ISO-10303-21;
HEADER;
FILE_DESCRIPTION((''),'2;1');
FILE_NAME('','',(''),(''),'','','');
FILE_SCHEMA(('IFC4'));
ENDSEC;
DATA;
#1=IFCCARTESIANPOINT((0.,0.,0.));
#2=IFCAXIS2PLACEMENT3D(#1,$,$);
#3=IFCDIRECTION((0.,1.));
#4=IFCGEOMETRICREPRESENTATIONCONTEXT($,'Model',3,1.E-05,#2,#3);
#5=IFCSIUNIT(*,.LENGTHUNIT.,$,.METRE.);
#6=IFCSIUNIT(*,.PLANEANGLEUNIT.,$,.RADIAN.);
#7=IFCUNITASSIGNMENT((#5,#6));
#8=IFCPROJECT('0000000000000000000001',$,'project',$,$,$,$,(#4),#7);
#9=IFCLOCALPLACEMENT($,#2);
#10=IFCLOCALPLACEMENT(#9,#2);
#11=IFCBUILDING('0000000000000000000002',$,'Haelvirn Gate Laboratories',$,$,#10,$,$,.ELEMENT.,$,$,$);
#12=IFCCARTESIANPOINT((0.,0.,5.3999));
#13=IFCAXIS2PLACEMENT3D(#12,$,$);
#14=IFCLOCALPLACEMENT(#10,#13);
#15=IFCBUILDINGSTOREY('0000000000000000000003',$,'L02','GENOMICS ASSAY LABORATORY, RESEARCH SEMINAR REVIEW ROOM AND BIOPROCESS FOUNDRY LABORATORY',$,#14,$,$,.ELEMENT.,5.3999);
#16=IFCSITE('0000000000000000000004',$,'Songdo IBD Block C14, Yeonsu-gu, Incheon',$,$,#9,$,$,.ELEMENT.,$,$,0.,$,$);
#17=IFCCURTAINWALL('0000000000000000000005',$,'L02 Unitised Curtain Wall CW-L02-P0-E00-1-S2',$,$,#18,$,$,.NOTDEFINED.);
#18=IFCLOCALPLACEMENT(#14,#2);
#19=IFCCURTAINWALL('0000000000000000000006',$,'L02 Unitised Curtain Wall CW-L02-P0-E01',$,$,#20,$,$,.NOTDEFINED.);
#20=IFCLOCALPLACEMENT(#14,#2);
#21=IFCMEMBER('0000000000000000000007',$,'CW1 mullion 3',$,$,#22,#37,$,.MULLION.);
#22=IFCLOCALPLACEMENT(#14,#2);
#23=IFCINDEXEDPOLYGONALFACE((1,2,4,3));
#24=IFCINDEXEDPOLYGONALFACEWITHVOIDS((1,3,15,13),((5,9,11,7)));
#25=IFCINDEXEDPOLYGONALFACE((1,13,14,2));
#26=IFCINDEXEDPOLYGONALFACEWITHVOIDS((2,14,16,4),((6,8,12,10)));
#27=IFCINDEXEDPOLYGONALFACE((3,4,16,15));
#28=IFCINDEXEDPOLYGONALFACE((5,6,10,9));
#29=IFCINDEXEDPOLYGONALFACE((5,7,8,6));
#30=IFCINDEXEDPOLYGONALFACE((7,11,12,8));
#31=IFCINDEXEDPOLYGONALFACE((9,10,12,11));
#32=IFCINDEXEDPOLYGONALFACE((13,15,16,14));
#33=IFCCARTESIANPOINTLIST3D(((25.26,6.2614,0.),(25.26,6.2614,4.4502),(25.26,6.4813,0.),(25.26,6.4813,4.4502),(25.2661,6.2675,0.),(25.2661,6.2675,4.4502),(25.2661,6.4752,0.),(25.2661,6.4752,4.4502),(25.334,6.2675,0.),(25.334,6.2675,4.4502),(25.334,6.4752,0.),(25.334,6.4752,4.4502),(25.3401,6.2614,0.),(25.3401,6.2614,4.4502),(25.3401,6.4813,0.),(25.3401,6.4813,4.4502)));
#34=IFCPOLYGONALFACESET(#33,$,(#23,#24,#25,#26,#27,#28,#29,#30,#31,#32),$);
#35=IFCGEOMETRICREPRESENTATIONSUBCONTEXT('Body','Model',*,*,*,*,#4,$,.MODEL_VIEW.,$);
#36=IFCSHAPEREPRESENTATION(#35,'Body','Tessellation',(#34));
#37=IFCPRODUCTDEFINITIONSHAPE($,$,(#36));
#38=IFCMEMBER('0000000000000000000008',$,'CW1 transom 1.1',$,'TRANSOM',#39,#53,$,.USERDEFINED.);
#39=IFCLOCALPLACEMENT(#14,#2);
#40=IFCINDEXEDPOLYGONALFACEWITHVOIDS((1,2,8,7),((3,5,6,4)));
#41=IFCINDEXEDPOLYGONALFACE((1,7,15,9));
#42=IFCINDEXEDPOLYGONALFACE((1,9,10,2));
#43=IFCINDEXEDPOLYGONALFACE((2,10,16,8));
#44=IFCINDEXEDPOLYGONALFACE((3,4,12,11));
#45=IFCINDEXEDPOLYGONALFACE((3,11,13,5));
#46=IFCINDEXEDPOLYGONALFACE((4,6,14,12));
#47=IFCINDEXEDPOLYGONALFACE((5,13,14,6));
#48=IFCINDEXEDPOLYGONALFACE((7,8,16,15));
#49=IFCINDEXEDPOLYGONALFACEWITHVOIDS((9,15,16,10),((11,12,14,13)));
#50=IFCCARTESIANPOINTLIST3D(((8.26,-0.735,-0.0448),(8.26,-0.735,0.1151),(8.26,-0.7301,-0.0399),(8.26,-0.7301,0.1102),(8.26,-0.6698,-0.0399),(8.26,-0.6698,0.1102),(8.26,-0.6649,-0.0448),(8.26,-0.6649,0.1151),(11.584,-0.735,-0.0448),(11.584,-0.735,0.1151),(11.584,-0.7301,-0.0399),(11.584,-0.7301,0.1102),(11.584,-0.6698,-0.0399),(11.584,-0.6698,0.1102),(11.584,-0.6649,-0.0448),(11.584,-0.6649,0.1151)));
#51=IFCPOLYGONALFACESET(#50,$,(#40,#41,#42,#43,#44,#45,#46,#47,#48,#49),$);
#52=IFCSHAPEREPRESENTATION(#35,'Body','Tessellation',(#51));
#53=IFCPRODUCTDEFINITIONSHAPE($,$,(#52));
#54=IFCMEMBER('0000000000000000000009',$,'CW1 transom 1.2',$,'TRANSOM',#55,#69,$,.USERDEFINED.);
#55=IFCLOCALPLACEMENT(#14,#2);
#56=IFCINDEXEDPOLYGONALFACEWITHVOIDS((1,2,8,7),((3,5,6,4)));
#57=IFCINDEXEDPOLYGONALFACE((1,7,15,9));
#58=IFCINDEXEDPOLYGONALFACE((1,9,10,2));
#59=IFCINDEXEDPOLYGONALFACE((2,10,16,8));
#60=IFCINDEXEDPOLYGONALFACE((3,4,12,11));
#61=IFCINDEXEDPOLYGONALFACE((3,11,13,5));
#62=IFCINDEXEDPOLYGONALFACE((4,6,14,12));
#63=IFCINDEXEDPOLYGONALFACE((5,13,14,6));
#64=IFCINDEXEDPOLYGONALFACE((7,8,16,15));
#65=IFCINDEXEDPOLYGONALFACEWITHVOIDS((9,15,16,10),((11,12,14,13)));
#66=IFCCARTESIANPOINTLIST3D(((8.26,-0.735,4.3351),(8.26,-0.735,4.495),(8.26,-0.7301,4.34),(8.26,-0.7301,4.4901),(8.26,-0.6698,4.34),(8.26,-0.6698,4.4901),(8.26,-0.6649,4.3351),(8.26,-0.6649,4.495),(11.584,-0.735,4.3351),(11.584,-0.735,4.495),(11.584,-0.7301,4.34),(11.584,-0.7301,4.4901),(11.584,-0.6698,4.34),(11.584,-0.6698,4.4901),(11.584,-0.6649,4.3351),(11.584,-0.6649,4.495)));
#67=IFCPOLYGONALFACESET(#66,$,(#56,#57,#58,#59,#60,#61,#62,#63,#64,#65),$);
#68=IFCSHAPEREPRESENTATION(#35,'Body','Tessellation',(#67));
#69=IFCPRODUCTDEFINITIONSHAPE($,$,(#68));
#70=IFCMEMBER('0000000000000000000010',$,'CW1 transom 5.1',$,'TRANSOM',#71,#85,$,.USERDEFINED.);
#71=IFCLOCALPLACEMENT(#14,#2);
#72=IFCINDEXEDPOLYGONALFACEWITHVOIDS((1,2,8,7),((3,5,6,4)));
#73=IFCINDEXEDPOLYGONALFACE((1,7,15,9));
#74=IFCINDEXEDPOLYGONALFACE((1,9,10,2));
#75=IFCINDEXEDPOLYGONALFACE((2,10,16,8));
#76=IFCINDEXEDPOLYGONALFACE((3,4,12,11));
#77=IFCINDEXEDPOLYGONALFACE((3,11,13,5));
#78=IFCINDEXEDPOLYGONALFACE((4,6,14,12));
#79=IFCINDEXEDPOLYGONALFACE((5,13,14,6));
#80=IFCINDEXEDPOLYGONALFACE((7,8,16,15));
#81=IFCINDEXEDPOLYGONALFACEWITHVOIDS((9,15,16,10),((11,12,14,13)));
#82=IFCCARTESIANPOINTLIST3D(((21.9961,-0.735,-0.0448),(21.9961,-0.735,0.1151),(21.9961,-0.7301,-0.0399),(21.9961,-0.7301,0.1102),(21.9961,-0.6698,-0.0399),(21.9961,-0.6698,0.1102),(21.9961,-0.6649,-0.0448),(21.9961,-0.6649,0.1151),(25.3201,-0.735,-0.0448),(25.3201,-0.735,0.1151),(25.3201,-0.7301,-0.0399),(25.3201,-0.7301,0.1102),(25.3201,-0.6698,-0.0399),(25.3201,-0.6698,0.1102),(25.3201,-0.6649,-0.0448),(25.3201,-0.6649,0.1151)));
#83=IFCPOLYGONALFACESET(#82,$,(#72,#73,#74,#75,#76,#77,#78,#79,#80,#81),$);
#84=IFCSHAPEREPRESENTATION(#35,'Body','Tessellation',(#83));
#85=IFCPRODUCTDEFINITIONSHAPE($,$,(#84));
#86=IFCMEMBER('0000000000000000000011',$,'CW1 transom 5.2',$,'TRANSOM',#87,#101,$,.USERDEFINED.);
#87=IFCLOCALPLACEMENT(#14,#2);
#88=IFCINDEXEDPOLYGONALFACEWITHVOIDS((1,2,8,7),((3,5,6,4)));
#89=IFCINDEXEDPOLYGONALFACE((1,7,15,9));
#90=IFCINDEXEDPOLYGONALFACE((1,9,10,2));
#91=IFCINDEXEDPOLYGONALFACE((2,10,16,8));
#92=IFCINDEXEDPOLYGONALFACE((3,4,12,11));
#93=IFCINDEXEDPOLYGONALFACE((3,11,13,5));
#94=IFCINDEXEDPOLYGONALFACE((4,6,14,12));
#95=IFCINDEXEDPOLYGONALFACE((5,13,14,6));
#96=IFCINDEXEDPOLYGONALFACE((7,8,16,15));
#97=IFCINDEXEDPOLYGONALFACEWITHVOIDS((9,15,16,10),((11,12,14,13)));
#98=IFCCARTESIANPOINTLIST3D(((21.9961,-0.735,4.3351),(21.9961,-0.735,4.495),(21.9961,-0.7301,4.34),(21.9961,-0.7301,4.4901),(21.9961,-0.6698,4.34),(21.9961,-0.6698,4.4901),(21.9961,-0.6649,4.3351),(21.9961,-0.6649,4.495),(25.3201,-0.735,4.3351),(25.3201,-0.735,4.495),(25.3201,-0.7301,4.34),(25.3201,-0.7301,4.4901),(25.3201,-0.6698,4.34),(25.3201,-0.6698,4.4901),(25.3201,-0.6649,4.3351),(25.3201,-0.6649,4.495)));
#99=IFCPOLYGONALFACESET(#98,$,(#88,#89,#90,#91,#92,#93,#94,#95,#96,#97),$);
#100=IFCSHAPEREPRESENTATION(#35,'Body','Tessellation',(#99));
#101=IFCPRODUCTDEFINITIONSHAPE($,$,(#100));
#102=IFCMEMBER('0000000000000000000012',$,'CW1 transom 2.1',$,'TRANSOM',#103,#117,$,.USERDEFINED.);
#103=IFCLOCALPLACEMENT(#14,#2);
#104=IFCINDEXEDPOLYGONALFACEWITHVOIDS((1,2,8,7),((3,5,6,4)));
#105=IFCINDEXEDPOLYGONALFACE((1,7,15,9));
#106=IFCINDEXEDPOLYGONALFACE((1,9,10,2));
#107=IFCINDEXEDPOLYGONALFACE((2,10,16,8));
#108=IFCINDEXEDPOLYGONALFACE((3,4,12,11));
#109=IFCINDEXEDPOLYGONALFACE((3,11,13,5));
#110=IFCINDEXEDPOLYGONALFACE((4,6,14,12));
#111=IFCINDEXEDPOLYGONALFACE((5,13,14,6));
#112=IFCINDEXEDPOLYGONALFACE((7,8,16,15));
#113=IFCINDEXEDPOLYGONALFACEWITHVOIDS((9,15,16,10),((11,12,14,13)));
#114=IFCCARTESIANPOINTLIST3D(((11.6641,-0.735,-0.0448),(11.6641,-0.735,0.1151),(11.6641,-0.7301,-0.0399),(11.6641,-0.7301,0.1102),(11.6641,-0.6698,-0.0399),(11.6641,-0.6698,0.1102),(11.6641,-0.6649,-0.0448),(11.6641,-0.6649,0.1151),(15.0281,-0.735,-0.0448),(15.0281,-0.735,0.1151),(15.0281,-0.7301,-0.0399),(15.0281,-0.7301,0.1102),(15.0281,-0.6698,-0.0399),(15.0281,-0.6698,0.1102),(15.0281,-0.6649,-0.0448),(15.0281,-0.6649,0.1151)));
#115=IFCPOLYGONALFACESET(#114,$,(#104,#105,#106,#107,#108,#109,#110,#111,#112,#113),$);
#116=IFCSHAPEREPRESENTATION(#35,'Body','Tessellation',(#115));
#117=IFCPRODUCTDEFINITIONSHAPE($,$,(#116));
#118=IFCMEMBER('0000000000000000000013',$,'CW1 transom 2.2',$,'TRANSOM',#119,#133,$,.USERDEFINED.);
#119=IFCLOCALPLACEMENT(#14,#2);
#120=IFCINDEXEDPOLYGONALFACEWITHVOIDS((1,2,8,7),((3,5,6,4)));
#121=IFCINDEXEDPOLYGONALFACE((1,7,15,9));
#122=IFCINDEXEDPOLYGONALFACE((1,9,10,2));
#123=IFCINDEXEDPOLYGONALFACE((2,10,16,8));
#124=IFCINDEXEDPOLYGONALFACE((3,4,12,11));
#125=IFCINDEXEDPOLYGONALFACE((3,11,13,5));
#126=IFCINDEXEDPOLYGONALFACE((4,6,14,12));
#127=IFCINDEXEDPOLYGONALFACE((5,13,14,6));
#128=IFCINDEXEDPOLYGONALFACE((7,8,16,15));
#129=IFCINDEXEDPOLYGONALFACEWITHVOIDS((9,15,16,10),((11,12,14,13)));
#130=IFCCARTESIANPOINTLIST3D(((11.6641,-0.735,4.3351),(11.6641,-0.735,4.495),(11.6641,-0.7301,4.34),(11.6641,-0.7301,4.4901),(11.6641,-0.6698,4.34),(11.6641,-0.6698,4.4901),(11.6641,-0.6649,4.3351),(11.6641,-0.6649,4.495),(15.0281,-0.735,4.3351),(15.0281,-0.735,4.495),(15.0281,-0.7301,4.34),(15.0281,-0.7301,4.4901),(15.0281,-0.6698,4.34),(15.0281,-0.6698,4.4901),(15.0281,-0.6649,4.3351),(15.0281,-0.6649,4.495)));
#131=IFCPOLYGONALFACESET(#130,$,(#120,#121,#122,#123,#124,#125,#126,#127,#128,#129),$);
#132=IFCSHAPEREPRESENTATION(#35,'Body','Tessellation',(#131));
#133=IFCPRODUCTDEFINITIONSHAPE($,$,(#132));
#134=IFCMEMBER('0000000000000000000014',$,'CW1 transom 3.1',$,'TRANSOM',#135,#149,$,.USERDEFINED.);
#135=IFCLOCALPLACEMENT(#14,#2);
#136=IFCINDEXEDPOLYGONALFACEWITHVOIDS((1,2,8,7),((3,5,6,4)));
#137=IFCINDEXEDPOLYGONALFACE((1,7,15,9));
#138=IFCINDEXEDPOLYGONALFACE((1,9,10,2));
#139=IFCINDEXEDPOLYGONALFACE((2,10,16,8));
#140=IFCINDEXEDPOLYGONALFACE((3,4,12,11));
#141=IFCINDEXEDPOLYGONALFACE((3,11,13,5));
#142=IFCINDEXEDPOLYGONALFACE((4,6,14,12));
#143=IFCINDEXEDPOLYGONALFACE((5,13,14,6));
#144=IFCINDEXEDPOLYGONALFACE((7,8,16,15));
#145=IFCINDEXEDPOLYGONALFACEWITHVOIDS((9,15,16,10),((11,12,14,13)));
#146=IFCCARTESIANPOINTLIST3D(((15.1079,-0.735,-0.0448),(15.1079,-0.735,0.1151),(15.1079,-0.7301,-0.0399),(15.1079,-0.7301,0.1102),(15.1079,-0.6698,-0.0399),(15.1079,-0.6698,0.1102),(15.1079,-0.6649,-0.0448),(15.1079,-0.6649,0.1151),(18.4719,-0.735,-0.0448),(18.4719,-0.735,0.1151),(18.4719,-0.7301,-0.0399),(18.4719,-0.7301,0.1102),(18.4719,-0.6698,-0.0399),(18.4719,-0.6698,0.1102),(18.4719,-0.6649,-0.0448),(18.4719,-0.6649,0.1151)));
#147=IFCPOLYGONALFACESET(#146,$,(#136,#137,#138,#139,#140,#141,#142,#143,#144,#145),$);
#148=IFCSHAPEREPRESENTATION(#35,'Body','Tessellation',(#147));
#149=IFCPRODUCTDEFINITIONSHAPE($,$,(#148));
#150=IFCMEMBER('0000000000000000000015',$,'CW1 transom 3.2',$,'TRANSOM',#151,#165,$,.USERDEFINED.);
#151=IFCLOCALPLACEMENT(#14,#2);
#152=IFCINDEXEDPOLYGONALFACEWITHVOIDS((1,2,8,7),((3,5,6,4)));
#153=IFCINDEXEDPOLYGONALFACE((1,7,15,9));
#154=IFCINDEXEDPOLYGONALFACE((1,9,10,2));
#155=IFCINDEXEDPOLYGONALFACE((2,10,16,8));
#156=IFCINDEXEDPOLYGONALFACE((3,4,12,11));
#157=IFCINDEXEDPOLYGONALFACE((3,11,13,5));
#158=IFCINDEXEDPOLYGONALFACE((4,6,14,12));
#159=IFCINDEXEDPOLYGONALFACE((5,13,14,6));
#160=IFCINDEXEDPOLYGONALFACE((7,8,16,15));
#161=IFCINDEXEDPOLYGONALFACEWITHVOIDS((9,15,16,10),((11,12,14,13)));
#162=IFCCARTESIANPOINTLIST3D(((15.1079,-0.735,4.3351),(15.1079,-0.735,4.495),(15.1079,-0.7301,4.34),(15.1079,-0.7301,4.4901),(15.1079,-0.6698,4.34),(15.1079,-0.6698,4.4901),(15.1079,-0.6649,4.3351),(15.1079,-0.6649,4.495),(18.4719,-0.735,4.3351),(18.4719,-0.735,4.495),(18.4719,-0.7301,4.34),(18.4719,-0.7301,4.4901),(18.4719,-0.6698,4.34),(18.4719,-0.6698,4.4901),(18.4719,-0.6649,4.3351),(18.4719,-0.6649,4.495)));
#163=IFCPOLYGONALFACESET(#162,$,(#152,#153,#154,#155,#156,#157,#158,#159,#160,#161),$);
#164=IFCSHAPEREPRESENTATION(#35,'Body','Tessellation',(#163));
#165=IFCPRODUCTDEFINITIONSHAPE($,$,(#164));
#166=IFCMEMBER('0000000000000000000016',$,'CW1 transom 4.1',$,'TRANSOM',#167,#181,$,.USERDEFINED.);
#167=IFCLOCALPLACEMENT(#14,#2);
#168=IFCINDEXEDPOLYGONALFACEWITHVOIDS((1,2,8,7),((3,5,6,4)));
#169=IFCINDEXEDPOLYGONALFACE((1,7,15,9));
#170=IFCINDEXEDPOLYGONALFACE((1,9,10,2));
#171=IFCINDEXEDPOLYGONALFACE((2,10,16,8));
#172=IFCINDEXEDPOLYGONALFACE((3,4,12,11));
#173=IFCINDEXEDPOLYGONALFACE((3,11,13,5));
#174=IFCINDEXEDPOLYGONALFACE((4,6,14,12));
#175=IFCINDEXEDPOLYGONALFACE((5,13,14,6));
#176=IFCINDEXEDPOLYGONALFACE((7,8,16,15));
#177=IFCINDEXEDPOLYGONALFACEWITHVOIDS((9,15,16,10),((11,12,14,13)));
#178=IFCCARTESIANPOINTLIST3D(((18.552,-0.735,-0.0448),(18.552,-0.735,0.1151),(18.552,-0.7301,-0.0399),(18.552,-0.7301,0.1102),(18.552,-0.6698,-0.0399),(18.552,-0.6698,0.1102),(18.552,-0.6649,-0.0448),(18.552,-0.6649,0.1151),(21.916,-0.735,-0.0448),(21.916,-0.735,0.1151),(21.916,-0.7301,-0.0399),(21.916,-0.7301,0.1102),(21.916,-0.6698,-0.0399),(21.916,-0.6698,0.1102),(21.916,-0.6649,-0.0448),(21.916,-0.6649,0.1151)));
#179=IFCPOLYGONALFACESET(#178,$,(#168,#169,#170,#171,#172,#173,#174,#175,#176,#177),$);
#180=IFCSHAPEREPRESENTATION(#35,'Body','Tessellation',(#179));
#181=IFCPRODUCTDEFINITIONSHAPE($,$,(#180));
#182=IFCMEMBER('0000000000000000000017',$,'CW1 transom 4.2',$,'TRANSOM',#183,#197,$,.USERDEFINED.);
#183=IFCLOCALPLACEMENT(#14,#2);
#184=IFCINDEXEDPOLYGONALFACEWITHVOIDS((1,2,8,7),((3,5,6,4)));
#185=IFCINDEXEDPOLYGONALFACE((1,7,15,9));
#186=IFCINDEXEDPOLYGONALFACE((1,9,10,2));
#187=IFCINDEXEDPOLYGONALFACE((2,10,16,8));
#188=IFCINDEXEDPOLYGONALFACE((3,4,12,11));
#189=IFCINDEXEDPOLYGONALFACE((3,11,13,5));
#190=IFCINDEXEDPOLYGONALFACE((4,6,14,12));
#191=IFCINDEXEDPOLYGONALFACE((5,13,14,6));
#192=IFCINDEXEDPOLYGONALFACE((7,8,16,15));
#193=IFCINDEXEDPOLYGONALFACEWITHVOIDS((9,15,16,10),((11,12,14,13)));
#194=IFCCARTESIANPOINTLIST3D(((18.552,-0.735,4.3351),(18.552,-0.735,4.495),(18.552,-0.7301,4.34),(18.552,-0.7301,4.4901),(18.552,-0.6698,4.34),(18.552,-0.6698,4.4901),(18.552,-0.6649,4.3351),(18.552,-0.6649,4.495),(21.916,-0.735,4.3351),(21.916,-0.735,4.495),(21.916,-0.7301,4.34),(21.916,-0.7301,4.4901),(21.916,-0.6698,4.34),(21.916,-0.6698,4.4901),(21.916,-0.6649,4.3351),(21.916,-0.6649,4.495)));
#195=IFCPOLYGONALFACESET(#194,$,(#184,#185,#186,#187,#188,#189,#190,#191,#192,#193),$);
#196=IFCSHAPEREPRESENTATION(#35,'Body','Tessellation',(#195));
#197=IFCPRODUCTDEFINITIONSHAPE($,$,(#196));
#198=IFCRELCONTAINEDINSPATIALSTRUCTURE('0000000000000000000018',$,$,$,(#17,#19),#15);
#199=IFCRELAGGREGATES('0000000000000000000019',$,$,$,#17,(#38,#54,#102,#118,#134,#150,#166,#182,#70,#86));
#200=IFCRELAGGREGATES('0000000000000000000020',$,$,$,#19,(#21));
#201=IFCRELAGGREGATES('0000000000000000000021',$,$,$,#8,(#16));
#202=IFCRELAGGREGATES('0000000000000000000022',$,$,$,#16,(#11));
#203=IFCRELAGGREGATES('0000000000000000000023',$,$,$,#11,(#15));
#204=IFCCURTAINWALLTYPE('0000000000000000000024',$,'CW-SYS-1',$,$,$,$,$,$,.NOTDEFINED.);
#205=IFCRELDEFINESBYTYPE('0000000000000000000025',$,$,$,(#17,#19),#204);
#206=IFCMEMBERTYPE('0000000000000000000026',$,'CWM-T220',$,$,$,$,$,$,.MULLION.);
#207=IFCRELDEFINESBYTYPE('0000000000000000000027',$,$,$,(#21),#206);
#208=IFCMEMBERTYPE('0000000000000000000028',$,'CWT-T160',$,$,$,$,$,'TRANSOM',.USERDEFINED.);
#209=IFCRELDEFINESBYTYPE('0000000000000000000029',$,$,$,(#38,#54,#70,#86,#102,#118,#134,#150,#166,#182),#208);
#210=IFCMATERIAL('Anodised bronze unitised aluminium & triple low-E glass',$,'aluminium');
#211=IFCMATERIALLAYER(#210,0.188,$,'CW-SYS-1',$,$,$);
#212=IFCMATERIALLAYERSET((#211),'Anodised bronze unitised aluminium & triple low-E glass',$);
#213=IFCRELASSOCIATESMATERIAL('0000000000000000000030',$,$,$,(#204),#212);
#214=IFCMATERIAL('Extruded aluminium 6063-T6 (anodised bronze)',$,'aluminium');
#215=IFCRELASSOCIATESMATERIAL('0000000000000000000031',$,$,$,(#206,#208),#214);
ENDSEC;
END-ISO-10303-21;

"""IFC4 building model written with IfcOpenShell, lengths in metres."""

from ifc_helpers import new_model, si_unit, direction, frame, origin, origin_2d, place, context, subcontext, project, spatial, hollow_rectangle, extrude, source, transform, mapped, material, layer, layer_set, material_profile, profile_set, type_object, type_shapes, element, aggregate, save


model = new_model("IFC4")

# Units and contexts
model_context = context("Model", 3, precision=1e-05, world=origin(), true_north=direction((0.0, 1.0)))
body_context = subcontext(model_context, "Body", "Model", "MODEL_VIEW")
ifc_project = project(units=[si_unit("LENGTHUNIT", "METRE"), si_unit("PLANEANGLEUNIT", "RADIAN")], contexts=[model_context])

# Site, building, storey
site_placement = place(None, origin())
site = spatial("IfcSite", under=ifc_project, at=site_placement, Name="Songdo IBD Block C14, Yeonsu-gu, Incheon", CompositionType="ELEMENT", RefElevation=0.0)
building_placement = place(site_placement, origin())
building = spatial("IfcBuilding", under=site, at=building_placement, Name="Haelvirn Gate Laboratories", CompositionType="ELEMENT")
storey_placement = place(building_placement, frame((0.0, 0.0, 5.3999)))
storey = spatial("IfcBuildingStorey", under=building, at=storey_placement, Name="L02", Description="GENOMICS ASSAY LABORATORY, RESEARCH SEMINAR REVIEW ROOM AND BIOPROCESS FOUNDRY LABORATORY", CompositionType="ELEMENT", Elevation=5.3999)

# Curtain walls, member
ifc_material_1 = material(Name="Anodised bronze unitised aluminium & triple low-E glass", Category="aluminium")
ifc_layer_1 = layer(ifc_material_1, 0.188, Name="CW-SYS-1")
ifc_layer_set_1 = layer_set([ifc_layer_1], Name="Anodised bronze unitised aluminium & triple low-E glass")
curtain_wall_type = type_object("IfcCurtainWallType", Name="CW-SYS-1", PredefinedType="NOTDEFINED", material=ifc_layer_set_1)
curtain_wall_1_placement = place(storey_placement, origin())
curtain_wall_1 = element("IfcCurtainWall", 1, at=curtain_wall_1_placement, inside=storey, type_object=curtain_wall_type, Name="L02 Unitised Curtain Wall CW-L02-P0-E00-1-S2", PredefinedType="NOTDEFINED")
ifc_material_2 = material(Name="Extruded aluminium 6063-T6 (anodised bronze)", Category="aluminium")
ifc_material_profile_1 = material_profile(ifc_material_2, hollow_rectangle(XDim=0.0801, YDim=0.22, WallThickness=0.0061, at=origin_2d()), Name="CWM-220x80x6")
ifc_profile_set_1 = profile_set([ifc_material_profile_1], Name="Extruded aluminium 6063-T6 (anodised bronze)")
member_type_1 = type_object("IfcMemberType", Name="CWM-T220", PredefinedType="MULLION", material=ifc_profile_set_1)
shared_shape_1 = source(origin(), body_context, "Body", "SweptSolid", [
    extrude(hollow_rectangle(XDim=0.0801, YDim=0.22, WallThickness=0.0061, at=origin_2d()), origin(), (0.0, 0.0, 1.0), 4.4502),
])
type_shapes(member_type_1, [shared_shape_1])
curtain_wall_2_placement = place(storey_placement, origin())
curtain_wall_2 = element("IfcCurtainWall", 2, at=curtain_wall_2_placement, inside=storey, type_object=curtain_wall_type, Name="L02 Unitised Curtain Wall CW-L02-P0-E01", PredefinedType="NOTDEFINED")
member_1_placement = place(storey_placement, frame((25.3, 6.3713, 0.0), z_axis=(0.0, 0.0, 1.0), x_axis=(-1.0, 0.0, 0.0)))
member_1 = element("IfcMember", 3, at=member_1_placement, type_object=member_type_1, Name="CW1 mullion 3", PredefinedType="MULLION", context=body_context, shape_type="MappedRepresentation", body=[
    mapped(shared_shape_1, transform((0.0, 0.0, 0.0), scale=1.0)),
])

# Members
ifc_material_profile_2 = material_profile(ifc_material_2, hollow_rectangle(XDim=0.0701, YDim=0.1599, WallThickness=0.0049, at=origin_2d()), Name="CWT-160x70x5")
ifc_profile_set_2 = profile_set([ifc_material_profile_2], Name="Extruded aluminium 6063-T6 (anodised bronze)")
member_type_2 = type_object("IfcMemberType", Name="CWT-T160", ElementType="TRANSOM", PredefinedType="USERDEFINED", material=ifc_profile_set_2)
shared_shape_2 = source(origin(), body_context, "Body", "SweptSolid", [
    extrude(hollow_rectangle(XDim=0.0701, YDim=0.1599, WallThickness=0.0049, at=origin_2d()), origin(), (0.0, 0.0, 1.0), 3.324),
])
member_2_placement = place(storey_placement, frame((8.26, -0.7, 0.0352), z_axis=(1.0, 0.0, 0.0), x_axis=(0.0, 1.0, 0.0)))
member_2 = element("IfcMember", 4, at=member_2_placement, type_object=member_type_2, Name="CW1 transom 1.1", ObjectType="TRANSOM", PredefinedType="USERDEFINED", context=body_context, shape_type="MappedRepresentation", body=[
    mapped(shared_shape_2, transform((0.0, 0.0, 0.0), scale=1.0)),
])
member_3_placement = place(storey_placement, frame((8.26, -0.7, 4.415), z_axis=(1.0, 0.0, 0.0), x_axis=(0.0, 1.0, 0.0)))
member_3 = element("IfcMember", 5, at=member_3_placement, type_object=member_type_2, Name="CW1 transom 1.2", ObjectType="TRANSOM", PredefinedType="USERDEFINED", context=body_context, shape_type="MappedRepresentation", body=[
    mapped(shared_shape_2, transform((0.0, 0.0, 0.0), scale=1.0)),
])
member_4_placement = place(storey_placement, frame((21.9961, -0.7, 0.0352), z_axis=(1.0, 0.0, 0.0), x_axis=(0.0, 1.0, 0.0)))
member_4 = element("IfcMember", 6, at=member_4_placement, type_object=member_type_2, Name="CW1 transom 5.1", ObjectType="TRANSOM", PredefinedType="USERDEFINED", context=body_context, shape_type="MappedRepresentation", body=[
    mapped(shared_shape_2, transform((0.0, 0.0, 0.0), scale=1.0)),
])
member_5_placement = place(storey_placement, frame((21.9961, -0.7, 4.415), z_axis=(1.0, 0.0, 0.0), x_axis=(0.0, 1.0, 0.0)))
member_5 = element("IfcMember", 7, at=member_5_placement, type_object=member_type_2, Name="CW1 transom 5.2", ObjectType="TRANSOM", PredefinedType="USERDEFINED", context=body_context, shape_type="MappedRepresentation", body=[
    mapped(shared_shape_2, transform((0.0, 0.0, 0.0), scale=1.0)),
])
shared_shape_3 = source(origin(), body_context, "Body", "SweptSolid", [
    extrude(hollow_rectangle(XDim=0.0701, YDim=0.1599, WallThickness=0.0049, at=origin_2d()), origin(), (0.0, 0.0, 1.0), 3.364),
])
member_6_placement = place(storey_placement, frame((11.6641, -0.7, 0.0352), z_axis=(1.0, 0.0, 0.0), x_axis=(0.0, 1.0, 0.0)))
member_6 = element("IfcMember", 8, at=member_6_placement, type_object=member_type_2, Name="CW1 transom 2.1", ObjectType="TRANSOM", PredefinedType="USERDEFINED", context=body_context, shape_type="MappedRepresentation", body=[
    mapped(shared_shape_3, transform((0.0, 0.0, 0.0), scale=1.0)),
])
member_7_placement = place(storey_placement, frame((11.6641, -0.7, 4.415), z_axis=(1.0, 0.0, 0.0), x_axis=(0.0, 1.0, 0.0)))
member_7 = element("IfcMember", 9, at=member_7_placement, type_object=member_type_2, Name="CW1 transom 2.2", ObjectType="TRANSOM", PredefinedType="USERDEFINED", context=body_context, shape_type="MappedRepresentation", body=[
    mapped(shared_shape_3, transform((0.0, 0.0, 0.0), scale=1.0)),
])
member_8_placement = place(storey_placement, frame((15.1079, -0.7, 0.0352), z_axis=(1.0, 0.0, 0.0), x_axis=(0.0, 1.0, 0.0)))
member_8 = element("IfcMember", 10, at=member_8_placement, type_object=member_type_2, Name="CW1 transom 3.1", ObjectType="TRANSOM", PredefinedType="USERDEFINED", context=body_context, shape_type="MappedRepresentation", body=[
    mapped(shared_shape_3, transform((0.0, 0.0, 0.0), scale=1.0)),
])
member_9_placement = place(storey_placement, frame((15.1079, -0.7, 4.415), z_axis=(1.0, 0.0, 0.0), x_axis=(0.0, 1.0, 0.0)))
member_9 = element("IfcMember", 11, at=member_9_placement, type_object=member_type_2, Name="CW1 transom 3.2", ObjectType="TRANSOM", PredefinedType="USERDEFINED", context=body_context, shape_type="MappedRepresentation", body=[
    mapped(shared_shape_3, transform((0.0, 0.0, 0.0), scale=1.0)),
])
member_10_placement = place(storey_placement, frame((18.552, -0.7, 0.0352), z_axis=(1.0, 0.0, 0.0), x_axis=(0.0, 1.0, 0.0)))
member_10 = element("IfcMember", 12, at=member_10_placement, type_object=member_type_2, Name="CW1 transom 4.1", ObjectType="TRANSOM", PredefinedType="USERDEFINED", context=body_context, shape_type="MappedRepresentation", body=[
    mapped(shared_shape_3, transform((0.0, 0.0, 0.0), scale=1.0)),
])
member_11_placement = place(storey_placement, frame((18.552, -0.7, 4.415), z_axis=(1.0, 0.0, 0.0), x_axis=(0.0, 1.0, 0.0)))
member_11 = element("IfcMember", 13, at=member_11_placement, type_object=member_type_2, Name="CW1 transom 4.2", ObjectType="TRANSOM", PredefinedType="USERDEFINED", context=body_context, shape_type="MappedRepresentation", body=[
    mapped(shared_shape_3, transform((0.0, 0.0, 0.0), scale=1.0)),
])

aggregate(curtain_wall_1, [member_2, member_3, member_6, member_7, member_8, member_9, member_10, member_11, member_4, member_5])
aggregate(curtain_wall_2, [member_1])

save(model, "model.ifc")
